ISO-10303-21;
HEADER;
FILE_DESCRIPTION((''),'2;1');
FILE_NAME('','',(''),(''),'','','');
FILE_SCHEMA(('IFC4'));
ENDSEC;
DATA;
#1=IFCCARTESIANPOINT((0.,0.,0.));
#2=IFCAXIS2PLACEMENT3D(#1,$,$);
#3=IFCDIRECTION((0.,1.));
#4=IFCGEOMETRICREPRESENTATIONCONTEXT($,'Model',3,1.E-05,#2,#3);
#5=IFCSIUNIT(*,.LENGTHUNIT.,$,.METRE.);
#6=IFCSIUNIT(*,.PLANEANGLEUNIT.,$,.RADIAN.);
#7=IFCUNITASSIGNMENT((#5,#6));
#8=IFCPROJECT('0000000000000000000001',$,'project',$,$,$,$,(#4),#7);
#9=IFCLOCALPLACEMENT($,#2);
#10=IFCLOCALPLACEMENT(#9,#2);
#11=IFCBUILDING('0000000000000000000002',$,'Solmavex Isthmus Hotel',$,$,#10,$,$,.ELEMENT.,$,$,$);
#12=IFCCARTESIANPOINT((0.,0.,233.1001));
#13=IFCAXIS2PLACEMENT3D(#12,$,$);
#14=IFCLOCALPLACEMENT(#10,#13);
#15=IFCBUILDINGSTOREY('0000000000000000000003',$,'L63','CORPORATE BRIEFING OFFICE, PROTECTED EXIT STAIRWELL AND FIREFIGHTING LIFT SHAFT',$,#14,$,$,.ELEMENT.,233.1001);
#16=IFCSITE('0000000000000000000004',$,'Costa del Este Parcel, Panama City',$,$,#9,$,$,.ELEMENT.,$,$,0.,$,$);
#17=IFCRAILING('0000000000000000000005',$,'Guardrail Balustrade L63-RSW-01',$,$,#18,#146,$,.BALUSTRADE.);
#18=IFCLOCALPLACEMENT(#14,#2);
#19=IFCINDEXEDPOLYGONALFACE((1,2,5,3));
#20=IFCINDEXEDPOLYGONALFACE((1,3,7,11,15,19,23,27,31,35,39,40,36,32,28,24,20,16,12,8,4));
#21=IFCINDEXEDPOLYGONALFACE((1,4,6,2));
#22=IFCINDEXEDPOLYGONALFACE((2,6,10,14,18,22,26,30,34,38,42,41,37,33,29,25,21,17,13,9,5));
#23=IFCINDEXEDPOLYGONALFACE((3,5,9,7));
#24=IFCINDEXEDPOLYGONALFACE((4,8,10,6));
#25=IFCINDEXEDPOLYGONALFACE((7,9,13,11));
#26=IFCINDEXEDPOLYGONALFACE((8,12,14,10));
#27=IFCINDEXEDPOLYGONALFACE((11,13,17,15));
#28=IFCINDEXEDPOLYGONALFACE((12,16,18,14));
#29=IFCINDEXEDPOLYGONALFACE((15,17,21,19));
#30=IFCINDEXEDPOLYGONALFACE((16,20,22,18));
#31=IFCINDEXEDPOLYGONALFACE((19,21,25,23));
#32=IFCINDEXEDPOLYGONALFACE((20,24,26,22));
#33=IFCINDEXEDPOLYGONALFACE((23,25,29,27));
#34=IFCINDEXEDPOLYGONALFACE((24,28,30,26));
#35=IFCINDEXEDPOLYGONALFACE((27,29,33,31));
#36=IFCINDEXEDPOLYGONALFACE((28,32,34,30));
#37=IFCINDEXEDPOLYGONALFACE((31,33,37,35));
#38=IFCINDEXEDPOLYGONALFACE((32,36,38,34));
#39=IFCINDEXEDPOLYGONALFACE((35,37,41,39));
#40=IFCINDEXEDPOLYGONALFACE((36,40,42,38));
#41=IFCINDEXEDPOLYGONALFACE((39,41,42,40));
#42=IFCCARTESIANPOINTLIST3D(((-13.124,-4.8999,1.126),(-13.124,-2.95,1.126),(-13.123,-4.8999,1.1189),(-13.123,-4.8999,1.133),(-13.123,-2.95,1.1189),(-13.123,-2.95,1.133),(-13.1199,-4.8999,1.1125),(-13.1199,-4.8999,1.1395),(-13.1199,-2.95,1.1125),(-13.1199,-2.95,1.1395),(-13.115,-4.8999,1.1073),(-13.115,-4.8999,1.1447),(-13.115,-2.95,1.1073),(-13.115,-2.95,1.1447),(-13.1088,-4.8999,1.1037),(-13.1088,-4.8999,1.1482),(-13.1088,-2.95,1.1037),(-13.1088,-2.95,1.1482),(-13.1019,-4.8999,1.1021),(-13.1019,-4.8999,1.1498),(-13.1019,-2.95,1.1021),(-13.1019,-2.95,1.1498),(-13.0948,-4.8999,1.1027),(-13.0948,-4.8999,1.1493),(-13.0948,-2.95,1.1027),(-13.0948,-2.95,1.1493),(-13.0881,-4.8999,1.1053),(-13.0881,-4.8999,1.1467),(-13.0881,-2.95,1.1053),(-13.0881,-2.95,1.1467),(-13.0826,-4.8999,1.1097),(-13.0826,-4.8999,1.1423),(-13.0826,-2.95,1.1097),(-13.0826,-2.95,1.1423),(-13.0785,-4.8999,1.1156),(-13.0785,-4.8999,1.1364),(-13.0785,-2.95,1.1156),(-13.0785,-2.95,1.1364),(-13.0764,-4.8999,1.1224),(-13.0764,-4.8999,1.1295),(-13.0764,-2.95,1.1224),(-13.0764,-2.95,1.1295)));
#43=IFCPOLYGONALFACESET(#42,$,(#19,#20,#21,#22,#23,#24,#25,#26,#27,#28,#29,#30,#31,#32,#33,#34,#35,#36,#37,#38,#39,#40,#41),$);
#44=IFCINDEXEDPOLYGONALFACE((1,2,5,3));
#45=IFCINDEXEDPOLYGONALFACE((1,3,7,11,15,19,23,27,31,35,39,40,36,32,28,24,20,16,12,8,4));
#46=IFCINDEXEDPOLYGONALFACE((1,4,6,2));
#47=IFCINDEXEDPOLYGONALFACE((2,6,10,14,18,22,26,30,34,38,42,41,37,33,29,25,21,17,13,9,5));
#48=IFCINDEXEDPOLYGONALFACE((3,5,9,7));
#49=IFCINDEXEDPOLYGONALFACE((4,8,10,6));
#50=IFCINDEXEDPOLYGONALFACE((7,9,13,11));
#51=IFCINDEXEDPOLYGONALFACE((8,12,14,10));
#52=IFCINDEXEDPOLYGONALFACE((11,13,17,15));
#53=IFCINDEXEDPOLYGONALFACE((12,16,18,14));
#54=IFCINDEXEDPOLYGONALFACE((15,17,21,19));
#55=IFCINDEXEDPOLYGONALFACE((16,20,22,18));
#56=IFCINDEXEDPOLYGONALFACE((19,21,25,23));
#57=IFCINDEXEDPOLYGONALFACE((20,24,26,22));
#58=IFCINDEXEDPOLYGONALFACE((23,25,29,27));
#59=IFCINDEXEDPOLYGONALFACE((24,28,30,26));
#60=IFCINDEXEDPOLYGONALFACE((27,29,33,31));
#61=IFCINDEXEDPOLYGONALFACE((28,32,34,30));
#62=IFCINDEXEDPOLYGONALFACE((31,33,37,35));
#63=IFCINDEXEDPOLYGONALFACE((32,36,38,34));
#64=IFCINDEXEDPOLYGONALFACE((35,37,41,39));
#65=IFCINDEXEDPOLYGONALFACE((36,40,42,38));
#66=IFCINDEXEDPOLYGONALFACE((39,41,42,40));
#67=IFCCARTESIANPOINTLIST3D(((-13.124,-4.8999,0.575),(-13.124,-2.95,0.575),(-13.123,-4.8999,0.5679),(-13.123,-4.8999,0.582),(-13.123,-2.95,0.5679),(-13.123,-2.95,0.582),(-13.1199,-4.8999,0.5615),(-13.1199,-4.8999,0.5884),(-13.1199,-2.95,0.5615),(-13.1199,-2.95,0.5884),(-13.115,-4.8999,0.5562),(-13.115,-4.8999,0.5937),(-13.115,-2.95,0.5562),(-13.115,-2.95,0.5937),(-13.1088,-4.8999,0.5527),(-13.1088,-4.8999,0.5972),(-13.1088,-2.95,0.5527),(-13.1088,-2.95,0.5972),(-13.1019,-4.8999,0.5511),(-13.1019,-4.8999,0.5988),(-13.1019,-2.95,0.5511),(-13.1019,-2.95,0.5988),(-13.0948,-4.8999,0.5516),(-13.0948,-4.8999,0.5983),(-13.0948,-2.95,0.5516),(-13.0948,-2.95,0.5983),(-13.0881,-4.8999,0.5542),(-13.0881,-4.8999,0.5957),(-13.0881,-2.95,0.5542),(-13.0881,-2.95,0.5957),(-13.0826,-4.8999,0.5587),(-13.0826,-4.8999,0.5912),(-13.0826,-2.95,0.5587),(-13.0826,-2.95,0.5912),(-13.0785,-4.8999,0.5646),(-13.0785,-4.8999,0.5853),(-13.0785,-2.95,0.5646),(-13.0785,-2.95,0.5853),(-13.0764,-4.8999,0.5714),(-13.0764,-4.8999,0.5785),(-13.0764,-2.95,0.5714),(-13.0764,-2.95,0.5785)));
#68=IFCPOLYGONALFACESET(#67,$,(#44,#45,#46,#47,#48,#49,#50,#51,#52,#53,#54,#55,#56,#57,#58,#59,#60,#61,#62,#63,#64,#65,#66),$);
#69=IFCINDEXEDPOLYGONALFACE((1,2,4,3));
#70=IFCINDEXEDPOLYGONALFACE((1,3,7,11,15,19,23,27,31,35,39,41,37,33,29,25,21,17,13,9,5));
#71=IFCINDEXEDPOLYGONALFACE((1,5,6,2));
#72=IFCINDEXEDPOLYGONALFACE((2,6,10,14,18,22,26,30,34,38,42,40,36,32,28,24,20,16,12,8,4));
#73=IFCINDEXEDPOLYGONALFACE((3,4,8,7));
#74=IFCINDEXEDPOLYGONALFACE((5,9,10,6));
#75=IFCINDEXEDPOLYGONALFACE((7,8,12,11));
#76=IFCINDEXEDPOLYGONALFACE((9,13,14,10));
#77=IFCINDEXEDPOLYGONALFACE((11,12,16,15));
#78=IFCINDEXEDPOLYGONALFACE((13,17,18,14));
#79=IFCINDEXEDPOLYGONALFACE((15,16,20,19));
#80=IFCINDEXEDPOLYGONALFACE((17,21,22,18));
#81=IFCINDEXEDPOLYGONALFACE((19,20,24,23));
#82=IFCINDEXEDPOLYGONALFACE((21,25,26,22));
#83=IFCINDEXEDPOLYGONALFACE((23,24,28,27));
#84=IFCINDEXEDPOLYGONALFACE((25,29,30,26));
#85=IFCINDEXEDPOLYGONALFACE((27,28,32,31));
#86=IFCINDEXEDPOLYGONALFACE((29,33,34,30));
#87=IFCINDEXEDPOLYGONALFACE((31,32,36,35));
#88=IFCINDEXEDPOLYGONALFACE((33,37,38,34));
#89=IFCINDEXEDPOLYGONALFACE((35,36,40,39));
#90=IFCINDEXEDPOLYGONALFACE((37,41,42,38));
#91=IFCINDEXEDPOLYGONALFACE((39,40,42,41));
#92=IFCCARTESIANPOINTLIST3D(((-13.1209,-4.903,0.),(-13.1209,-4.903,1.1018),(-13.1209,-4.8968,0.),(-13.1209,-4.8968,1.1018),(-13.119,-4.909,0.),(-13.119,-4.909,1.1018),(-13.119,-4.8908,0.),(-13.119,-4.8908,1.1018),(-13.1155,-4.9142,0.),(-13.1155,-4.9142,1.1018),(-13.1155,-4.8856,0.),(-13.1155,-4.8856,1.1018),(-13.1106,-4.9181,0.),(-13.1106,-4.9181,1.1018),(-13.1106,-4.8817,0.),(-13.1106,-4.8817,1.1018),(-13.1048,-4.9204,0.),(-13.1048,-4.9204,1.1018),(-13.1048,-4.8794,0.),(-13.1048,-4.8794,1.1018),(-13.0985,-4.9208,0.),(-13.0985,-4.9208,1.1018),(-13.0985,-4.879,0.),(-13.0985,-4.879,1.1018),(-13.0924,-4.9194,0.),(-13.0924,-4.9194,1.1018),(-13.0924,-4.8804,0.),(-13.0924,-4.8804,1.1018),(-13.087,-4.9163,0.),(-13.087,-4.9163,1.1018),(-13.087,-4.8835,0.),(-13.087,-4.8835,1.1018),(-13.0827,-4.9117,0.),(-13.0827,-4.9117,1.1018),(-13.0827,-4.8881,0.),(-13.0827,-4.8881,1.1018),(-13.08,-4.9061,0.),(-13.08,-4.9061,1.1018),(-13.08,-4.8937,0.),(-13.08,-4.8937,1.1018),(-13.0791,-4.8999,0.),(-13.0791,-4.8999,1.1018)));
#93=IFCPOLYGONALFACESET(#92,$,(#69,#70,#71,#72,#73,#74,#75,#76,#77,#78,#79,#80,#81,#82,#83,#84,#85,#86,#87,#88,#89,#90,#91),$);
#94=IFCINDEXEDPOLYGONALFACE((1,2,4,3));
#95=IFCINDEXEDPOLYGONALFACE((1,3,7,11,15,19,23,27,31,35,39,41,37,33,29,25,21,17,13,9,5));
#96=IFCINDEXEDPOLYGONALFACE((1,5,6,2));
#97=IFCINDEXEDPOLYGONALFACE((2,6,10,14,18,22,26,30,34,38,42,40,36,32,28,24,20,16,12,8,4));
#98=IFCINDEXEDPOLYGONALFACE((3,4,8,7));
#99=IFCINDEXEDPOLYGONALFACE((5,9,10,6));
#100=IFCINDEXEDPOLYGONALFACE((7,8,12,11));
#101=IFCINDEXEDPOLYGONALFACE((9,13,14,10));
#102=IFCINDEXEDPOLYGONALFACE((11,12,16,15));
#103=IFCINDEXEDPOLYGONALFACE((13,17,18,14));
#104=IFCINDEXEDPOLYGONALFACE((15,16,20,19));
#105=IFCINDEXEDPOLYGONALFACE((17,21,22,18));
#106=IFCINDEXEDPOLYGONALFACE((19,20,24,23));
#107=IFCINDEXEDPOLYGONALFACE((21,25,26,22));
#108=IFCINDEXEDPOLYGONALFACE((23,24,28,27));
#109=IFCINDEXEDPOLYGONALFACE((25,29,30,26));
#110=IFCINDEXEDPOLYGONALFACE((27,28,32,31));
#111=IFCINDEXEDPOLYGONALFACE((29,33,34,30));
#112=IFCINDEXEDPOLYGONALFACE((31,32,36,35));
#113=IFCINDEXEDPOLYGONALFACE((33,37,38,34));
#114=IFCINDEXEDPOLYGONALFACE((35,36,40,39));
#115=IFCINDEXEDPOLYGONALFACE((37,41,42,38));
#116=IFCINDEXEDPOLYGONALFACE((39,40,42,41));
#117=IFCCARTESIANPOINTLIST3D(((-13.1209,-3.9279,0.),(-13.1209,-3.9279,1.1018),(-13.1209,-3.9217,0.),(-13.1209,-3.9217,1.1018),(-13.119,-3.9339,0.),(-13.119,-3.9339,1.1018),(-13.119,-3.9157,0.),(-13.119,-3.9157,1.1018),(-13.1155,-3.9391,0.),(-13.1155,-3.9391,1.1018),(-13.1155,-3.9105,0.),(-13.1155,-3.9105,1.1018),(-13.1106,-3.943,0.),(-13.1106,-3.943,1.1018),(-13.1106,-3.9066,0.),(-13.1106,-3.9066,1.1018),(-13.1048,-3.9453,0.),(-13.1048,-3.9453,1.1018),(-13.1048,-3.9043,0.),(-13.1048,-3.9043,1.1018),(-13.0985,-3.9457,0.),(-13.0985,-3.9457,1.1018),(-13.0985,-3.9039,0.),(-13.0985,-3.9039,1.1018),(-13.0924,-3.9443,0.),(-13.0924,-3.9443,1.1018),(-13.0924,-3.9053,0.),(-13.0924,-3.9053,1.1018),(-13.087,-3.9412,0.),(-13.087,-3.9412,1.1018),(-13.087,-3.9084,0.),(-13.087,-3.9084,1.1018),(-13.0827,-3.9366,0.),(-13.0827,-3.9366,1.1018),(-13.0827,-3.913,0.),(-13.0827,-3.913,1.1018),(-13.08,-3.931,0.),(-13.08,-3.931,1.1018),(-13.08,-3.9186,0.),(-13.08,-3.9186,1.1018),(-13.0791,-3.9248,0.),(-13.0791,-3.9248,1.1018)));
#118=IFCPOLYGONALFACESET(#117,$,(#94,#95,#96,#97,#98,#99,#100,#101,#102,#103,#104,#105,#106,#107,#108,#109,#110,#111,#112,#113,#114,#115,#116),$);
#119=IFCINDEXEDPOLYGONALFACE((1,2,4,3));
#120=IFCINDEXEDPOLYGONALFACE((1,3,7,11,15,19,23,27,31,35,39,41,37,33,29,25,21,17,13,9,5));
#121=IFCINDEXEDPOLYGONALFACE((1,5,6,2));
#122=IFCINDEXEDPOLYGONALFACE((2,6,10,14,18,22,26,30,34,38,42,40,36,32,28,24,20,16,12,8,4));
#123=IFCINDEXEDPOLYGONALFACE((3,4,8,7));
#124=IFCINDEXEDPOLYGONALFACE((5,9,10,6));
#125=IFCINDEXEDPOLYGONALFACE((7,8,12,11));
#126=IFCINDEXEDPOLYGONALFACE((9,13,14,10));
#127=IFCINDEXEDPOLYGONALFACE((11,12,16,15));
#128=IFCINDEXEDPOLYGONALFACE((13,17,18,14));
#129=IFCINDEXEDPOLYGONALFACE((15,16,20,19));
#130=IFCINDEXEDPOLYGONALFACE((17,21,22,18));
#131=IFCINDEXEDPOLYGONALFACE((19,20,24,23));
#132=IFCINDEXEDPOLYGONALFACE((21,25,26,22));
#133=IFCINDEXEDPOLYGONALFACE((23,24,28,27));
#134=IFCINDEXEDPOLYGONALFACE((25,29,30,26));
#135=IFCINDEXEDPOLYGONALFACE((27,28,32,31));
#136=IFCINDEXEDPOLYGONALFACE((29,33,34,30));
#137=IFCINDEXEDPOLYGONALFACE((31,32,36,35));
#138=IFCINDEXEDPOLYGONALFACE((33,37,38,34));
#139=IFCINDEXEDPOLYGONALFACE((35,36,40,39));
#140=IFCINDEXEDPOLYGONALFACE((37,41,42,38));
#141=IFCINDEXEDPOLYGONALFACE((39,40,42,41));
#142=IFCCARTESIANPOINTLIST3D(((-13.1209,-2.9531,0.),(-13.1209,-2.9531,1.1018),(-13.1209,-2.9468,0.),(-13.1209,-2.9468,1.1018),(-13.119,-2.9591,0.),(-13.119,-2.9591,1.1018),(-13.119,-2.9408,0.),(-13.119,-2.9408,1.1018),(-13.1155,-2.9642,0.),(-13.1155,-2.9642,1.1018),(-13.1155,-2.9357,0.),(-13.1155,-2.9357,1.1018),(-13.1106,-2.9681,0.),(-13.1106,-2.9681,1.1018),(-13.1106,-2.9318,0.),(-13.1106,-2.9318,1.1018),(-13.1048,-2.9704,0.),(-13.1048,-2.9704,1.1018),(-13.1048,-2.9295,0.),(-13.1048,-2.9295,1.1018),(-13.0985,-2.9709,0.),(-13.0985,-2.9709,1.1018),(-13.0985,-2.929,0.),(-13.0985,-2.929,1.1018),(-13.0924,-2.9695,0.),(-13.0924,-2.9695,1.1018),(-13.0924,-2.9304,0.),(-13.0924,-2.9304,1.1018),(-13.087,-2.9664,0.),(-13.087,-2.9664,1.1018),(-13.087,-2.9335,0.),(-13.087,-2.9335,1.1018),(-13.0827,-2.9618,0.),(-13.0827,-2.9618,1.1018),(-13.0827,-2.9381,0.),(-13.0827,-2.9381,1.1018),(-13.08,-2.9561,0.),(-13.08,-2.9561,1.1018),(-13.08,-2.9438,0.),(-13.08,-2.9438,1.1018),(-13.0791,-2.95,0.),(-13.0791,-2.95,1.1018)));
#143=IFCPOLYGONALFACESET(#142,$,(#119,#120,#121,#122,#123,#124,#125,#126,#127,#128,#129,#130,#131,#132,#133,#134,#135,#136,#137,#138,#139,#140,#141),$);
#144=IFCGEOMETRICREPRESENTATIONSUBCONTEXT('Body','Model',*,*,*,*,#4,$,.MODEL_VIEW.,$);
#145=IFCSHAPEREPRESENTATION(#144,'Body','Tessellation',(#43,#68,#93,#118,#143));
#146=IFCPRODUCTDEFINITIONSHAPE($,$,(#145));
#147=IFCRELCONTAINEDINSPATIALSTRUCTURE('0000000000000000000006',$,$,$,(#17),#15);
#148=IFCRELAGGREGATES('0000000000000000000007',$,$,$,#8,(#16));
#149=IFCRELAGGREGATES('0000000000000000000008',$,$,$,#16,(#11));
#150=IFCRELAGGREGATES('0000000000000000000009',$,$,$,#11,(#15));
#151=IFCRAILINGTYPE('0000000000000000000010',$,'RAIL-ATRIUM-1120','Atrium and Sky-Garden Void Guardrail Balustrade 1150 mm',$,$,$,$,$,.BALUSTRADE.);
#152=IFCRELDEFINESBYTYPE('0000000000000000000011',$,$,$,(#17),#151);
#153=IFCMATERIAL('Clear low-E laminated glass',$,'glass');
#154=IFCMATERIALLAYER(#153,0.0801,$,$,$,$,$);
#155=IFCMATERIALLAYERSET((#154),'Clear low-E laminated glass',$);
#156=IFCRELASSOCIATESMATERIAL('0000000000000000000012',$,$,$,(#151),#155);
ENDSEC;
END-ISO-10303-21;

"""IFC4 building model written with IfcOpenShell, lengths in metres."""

from ifc_helpers import new_model, si_unit, direction, frame, origin, origin_2d, place, context, subcontext, project, spatial, circle, extrude, material, layer, layer_set, type_object, element, save


model = new_model("IFC4")

# Units and contexts
model_context = context("Model", 3, precision=1e-05, world=origin(), true_north=direction((0.0, 1.0)))
body_context = subcontext(model_context, "Body", "Model", "MODEL_VIEW")
ifc_project = project(units=[si_unit("LENGTHUNIT", "METRE"), si_unit("PLANEANGLEUNIT", "RADIAN")], contexts=[model_context])

# Site, building, storey
site_placement = place(None, origin())
site = spatial("IfcSite", under=ifc_project, at=site_placement, Name="Costa del Este Parcel, Panama City", CompositionType="ELEMENT", RefElevation=0.0)
building_placement = place(site_placement, origin())
building = spatial("IfcBuilding", under=site, at=building_placement, Name="Solmavex Isthmus Hotel", CompositionType="ELEMENT")
storey_placement = place(building_placement, frame((0.0, 0.0, 233.1001)))
storey = spatial("IfcBuildingStorey", under=building, at=storey_placement, Name="L63", Description="CORPORATE BRIEFING OFFICE, PROTECTED EXIT STAIRWELL AND FIREFIGHTING LIFT SHAFT", CompositionType="ELEMENT", Elevation=233.1001)

# Shared definitions
ifc_material_1 = material(Name="Clear low-E laminated glass", Category="glass")

# Railing
ifc_layer_1 = layer(ifc_material_1, 0.0801)
ifc_layer_set_1 = layer_set([ifc_layer_1], Name="Clear low-E laminated glass")
railing_type_1 = type_object("IfcRailingType", Name="RAIL-ATRIUM-1120", Description="Atrium and Sky-Garden Void Guardrail Balustrade 1150 mm", PredefinedType="BALUSTRADE", material=ifc_layer_set_1)
railing_1_placement = place(storey_placement, frame((-13.1001, -4.8999, 0.0)))
element("IfcRailing", 1, at=railing_1_placement, inside=storey, type_object=railing_type_1, Name="Guardrail Balustrade L63-RSW-01", PredefinedType="BALUSTRADE", context=body_context, shape_type="SweptSolid", body=[
    extrude(circle(Radius=0.0239, at=origin_2d()), frame((0.0, 0.0, 1.126), z_axis=(0.0, 1.0, 0.0), x_axis=(-1.0, 0.0, 0.0)), (0.0, 0.0, 1.0), 1.95),
    extrude(circle(Radius=0.0239, at=origin_2d()), frame((0.0, 0.0, 0.575), z_axis=(0.0, 1.0, 0.0), x_axis=(-1.0, 0.0, 0.0)), (0.0, 0.0, 1.0), 1.95),
    extrude(circle(Radius=0.021, at=origin_2d()), origin(), (0.0, 0.0, 1.0), 1.1018),
    extrude(circle(Radius=0.021, at=origin_2d()), frame((0.0, 0.9751, 0.0)), (0.0, 0.0, 1.0), 1.1018),
    extrude(circle(Radius=0.021, at=origin_2d()), frame((0.0, 1.95, 0.0)), (0.0, 0.0, 1.0), 1.1018),
])

save(model, "model.ifc")
